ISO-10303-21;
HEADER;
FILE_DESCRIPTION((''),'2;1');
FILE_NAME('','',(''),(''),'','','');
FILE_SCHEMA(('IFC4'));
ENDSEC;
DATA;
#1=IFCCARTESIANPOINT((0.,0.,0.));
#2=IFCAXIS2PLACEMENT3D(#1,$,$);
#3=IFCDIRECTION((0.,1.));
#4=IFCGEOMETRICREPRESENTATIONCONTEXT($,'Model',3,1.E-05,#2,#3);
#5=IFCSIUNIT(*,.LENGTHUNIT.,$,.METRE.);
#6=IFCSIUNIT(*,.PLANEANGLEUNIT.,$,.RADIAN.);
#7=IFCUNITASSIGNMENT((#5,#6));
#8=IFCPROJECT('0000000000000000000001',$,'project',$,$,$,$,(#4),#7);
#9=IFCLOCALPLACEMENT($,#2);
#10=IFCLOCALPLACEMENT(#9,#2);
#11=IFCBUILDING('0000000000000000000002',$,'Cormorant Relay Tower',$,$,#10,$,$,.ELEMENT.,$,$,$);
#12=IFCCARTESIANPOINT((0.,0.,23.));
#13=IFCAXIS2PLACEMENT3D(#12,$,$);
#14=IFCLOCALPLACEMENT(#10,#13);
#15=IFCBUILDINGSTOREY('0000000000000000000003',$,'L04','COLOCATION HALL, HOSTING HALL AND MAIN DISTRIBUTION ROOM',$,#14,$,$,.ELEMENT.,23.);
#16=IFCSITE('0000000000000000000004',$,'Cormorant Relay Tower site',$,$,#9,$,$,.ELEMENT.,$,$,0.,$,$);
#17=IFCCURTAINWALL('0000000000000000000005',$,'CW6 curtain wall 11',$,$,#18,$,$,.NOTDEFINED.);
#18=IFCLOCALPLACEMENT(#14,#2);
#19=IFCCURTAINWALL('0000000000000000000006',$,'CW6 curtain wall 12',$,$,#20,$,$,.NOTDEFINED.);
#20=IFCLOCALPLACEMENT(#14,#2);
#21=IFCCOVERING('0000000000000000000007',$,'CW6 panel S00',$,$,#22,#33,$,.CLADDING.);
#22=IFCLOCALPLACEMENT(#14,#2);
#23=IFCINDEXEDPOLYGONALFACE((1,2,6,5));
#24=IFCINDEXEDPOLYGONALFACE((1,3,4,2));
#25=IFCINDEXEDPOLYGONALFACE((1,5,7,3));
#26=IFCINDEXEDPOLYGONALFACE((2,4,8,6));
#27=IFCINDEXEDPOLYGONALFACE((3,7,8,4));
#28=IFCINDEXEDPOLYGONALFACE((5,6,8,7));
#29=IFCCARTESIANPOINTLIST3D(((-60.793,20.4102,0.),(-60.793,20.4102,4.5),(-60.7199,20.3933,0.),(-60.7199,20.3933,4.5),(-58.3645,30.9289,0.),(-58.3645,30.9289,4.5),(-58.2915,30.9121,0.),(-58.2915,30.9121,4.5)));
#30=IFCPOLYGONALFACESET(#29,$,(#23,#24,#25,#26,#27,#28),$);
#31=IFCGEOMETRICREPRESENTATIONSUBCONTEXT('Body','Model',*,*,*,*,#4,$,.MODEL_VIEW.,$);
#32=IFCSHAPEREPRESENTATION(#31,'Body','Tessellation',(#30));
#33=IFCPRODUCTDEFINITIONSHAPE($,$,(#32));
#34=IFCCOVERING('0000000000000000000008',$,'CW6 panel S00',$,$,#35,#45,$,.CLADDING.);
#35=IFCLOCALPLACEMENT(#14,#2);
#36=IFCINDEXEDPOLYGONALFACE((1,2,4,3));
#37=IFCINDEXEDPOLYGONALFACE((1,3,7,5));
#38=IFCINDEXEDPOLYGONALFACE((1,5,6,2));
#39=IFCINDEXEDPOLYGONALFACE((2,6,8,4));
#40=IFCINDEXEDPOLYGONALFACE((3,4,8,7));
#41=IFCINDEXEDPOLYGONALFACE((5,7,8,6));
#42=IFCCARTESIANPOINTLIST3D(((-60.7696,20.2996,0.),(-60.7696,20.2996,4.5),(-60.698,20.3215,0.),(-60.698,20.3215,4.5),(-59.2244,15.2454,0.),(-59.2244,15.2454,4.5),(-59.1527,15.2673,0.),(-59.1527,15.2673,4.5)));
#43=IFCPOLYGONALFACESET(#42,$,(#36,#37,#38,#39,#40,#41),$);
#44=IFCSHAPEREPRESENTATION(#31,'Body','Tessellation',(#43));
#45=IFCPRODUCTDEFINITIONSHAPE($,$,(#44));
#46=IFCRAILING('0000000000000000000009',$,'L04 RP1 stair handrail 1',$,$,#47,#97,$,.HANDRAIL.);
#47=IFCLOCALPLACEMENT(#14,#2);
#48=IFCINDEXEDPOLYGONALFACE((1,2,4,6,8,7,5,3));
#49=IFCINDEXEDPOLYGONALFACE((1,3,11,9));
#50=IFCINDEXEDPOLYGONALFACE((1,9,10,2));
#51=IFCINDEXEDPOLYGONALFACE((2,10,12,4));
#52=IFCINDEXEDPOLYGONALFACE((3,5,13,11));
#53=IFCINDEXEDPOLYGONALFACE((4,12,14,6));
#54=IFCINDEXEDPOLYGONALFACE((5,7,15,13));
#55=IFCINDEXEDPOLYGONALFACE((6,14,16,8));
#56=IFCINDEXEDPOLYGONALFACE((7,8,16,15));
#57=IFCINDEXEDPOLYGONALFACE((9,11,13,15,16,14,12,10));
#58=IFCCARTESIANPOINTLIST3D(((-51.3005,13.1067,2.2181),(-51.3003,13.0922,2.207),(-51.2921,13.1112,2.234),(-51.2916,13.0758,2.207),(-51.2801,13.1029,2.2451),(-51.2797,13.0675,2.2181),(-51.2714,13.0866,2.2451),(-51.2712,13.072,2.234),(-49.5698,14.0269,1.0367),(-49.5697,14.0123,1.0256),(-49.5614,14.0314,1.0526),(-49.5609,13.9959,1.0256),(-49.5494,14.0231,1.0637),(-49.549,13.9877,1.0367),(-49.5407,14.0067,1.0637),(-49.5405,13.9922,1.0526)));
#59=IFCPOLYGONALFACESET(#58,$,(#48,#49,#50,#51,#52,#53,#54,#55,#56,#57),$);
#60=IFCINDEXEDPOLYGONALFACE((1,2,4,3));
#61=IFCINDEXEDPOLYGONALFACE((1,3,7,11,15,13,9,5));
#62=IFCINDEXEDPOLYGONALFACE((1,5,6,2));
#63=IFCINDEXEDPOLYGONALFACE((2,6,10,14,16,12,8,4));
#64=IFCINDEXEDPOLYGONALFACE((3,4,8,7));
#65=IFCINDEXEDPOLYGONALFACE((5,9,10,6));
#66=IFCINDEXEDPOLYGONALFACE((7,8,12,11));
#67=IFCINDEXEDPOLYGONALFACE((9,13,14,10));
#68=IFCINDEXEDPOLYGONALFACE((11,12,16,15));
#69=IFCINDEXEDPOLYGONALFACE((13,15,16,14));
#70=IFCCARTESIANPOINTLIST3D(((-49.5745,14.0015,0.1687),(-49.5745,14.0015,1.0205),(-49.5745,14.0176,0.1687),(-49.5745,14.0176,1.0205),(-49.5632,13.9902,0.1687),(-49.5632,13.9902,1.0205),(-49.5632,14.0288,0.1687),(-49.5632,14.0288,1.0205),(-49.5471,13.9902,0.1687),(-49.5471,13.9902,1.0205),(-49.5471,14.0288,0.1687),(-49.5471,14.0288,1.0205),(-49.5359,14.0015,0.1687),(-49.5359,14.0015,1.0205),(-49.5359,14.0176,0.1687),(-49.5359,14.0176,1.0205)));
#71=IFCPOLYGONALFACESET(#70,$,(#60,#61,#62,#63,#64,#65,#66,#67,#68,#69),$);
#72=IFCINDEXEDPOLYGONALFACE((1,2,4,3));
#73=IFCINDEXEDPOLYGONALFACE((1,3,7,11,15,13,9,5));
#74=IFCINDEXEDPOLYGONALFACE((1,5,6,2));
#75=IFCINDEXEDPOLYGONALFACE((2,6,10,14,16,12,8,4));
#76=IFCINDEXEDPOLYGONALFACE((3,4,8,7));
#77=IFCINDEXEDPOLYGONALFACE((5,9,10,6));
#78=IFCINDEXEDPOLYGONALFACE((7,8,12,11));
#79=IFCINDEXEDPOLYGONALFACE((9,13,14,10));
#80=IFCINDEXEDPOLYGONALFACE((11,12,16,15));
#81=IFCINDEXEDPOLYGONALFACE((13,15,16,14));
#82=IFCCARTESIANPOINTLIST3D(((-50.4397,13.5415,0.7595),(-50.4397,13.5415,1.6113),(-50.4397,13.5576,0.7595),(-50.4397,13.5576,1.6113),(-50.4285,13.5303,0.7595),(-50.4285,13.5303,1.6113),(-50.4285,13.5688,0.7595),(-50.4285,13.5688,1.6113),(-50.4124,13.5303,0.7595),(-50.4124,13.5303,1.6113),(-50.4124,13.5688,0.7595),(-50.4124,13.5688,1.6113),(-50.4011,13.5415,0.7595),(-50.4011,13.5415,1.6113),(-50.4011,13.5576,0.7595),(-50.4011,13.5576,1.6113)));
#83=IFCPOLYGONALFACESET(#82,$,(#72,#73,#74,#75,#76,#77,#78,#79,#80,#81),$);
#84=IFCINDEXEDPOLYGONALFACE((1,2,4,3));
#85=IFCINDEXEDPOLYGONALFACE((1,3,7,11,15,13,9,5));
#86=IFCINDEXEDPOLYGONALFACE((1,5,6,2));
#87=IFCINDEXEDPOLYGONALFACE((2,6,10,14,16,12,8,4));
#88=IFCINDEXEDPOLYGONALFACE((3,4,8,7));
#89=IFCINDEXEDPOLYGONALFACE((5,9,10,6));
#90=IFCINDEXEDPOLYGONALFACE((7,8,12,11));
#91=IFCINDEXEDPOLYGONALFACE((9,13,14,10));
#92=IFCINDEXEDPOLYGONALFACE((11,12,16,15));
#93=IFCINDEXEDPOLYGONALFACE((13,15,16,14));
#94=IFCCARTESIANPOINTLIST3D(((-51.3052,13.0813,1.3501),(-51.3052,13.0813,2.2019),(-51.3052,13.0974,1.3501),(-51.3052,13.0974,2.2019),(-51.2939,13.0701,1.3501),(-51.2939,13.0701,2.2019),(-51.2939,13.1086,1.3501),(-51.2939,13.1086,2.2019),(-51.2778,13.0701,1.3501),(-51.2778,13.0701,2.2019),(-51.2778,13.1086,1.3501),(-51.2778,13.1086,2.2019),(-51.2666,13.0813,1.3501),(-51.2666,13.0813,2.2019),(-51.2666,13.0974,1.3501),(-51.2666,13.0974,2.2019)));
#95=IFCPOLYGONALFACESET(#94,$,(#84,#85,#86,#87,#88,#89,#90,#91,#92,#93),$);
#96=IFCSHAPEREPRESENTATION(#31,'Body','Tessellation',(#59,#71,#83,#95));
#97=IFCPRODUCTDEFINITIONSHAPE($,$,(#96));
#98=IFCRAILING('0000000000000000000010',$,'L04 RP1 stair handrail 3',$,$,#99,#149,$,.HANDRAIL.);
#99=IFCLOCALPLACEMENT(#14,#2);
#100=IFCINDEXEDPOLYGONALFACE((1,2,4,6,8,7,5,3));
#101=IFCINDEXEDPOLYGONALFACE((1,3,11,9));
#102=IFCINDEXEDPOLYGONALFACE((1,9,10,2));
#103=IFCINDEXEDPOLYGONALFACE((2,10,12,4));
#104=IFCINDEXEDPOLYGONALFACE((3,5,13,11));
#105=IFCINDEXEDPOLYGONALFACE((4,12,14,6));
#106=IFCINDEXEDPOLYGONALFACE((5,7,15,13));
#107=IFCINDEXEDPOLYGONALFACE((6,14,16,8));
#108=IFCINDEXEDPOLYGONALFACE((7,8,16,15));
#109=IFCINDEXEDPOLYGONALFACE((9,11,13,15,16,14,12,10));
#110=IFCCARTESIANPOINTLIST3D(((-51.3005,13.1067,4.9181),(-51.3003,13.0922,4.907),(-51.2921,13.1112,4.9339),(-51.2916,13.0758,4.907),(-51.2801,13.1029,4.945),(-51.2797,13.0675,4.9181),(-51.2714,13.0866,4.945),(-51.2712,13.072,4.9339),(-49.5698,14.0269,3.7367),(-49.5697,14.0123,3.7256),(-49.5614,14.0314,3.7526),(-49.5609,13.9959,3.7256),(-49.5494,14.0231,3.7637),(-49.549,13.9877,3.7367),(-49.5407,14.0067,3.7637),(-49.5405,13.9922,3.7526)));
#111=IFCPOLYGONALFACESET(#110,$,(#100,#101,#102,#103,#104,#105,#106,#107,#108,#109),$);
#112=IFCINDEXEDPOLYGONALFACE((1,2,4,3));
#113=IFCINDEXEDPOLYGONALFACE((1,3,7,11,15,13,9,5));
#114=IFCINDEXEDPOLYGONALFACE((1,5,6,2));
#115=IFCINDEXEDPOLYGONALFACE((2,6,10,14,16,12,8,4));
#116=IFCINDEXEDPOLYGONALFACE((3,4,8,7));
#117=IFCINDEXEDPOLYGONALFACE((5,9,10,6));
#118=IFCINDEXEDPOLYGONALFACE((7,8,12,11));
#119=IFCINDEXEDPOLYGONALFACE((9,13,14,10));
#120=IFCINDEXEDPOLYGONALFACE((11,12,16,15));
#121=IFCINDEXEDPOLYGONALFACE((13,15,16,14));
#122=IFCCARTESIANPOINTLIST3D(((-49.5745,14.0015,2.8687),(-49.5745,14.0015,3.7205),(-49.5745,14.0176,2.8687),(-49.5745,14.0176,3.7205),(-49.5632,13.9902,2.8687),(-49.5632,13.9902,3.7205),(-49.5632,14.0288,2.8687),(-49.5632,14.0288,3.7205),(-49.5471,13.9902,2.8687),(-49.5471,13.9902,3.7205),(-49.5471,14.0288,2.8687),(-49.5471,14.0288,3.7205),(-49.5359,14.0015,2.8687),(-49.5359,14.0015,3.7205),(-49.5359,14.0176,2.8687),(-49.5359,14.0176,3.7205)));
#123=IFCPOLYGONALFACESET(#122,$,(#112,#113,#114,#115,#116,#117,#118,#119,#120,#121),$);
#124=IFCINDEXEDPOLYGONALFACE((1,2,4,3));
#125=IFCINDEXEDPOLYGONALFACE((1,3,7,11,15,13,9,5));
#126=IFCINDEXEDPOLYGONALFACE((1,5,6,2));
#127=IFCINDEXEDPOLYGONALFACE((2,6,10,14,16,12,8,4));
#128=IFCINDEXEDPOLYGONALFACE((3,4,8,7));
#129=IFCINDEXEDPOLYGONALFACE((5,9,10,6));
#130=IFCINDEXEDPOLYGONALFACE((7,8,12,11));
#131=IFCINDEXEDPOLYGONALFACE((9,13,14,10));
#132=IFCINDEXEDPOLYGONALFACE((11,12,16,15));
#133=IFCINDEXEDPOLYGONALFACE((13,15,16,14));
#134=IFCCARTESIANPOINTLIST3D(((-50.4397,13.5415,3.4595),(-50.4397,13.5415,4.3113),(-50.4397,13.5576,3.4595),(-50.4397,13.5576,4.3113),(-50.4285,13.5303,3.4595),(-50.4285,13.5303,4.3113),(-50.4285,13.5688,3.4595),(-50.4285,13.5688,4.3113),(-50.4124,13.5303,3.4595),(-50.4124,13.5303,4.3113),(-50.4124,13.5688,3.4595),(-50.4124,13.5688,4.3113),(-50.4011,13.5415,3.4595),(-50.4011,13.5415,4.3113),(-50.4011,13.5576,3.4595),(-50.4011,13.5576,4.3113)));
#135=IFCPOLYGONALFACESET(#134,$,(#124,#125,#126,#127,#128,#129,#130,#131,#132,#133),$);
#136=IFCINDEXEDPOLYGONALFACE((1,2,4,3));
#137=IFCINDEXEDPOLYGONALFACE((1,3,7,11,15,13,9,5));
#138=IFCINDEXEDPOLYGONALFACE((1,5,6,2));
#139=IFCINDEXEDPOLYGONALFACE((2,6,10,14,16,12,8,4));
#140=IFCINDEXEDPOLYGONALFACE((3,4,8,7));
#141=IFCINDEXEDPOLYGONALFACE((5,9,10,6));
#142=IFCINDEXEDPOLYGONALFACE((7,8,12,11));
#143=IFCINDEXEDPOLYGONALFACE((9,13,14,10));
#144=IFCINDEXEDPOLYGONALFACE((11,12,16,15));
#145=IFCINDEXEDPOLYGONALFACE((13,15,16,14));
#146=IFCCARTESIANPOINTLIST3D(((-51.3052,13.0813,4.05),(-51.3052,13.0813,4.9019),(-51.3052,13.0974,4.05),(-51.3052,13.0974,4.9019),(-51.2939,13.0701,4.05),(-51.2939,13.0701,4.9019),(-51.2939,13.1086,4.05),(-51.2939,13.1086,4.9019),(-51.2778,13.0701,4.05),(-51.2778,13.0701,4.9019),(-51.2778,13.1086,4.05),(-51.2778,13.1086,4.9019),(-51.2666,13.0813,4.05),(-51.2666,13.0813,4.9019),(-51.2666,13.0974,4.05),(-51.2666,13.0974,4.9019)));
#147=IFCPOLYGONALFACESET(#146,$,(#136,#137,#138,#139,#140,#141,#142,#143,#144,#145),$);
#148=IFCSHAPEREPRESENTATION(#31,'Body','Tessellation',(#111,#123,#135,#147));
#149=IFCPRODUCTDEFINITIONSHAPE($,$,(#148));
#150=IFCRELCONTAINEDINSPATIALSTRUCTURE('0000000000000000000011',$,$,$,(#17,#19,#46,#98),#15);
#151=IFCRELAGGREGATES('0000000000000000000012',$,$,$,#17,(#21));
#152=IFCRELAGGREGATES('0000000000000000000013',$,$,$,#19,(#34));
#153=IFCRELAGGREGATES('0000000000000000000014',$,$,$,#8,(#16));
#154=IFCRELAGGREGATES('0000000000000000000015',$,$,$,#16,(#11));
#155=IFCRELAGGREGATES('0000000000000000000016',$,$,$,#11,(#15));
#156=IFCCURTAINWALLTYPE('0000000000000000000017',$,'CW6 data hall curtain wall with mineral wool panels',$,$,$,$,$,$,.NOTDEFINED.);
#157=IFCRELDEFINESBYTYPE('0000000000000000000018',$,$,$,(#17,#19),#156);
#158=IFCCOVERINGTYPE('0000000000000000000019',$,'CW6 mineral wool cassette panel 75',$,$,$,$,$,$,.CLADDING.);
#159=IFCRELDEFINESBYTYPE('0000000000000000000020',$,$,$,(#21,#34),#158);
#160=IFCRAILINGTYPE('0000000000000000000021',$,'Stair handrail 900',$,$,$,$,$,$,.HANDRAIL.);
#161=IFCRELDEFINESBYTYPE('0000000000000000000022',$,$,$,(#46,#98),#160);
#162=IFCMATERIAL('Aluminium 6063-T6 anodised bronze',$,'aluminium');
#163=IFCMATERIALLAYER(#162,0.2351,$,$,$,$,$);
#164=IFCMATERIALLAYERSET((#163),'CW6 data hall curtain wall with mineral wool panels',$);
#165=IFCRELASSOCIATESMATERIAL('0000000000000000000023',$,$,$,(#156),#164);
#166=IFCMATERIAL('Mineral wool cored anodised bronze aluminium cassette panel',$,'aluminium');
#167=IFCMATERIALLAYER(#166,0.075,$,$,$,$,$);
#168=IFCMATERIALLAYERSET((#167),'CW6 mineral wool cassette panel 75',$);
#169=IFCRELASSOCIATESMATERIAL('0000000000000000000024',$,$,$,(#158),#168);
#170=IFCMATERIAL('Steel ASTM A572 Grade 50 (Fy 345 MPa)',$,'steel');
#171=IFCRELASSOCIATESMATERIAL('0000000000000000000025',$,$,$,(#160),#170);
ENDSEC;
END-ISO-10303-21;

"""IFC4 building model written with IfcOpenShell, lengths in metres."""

from ifc_helpers import new_model, si_unit, direction, frame, origin, origin_2d, place, context, subcontext, project, spatial, polyline, rectangle, outline, extrude, material, layer, layer_set, type_object, element, aggregate, save


model = new_model("IFC4")

# Units and contexts
model_context = context("Model", 3, precision=1e-05, world=origin(), true_north=direction((0.0, 1.0)))
body_context = subcontext(model_context, "Body", "Model", "MODEL_VIEW")
ifc_project = project(units=[si_unit("LENGTHUNIT", "METRE"), si_unit("PLANEANGLEUNIT", "RADIAN")], contexts=[model_context])

# Site, building, storey
site_placement = place(None, origin())
site = spatial("IfcSite", under=ifc_project, at=site_placement, Name="Cormorant Relay Tower site", CompositionType="ELEMENT", RefElevation=0.0)
building_placement = place(site_placement, origin())
building = spatial("IfcBuilding", under=site, at=building_placement, Name="Cormorant Relay Tower", CompositionType="ELEMENT")
storey_placement = place(building_placement, frame((0.0, 0.0, 23.0)))
storey = spatial("IfcBuildingStorey", under=building, at=storey_placement, Name="L04", Description="COLOCATION HALL, HOSTING HALL AND MAIN DISTRIBUTION ROOM", CompositionType="ELEMENT", Elevation=23.0)

# Curtain wall
ifc_material_1 = material(Name="Aluminium 6063-T6 anodised bronze", Category="aluminium")
ifc_layer_1 = layer(ifc_material_1, 0.2351)
ifc_layer_set_1 = layer_set([ifc_layer_1], Name="CW6 data hall curtain wall with mineral wool panels")
curtain_wall_type = type_object("IfcCurtainWallType", Name="CW6 data hall curtain wall with mineral wool panels", PredefinedType="NOTDEFINED", material=ifc_layer_set_1)
curtain_wall_1_placement = place(storey_placement, origin())
curtain_wall_1 = element("IfcCurtainWall", 1, at=curtain_wall_1_placement, inside=storey, type_object=curtain_wall_type, Name="CW6 curtain wall 11", PredefinedType="NOTDEFINED")

# Curtain wall
curtain_wall_2_placement = place(storey_placement, origin())
curtain_wall_2 = element("IfcCurtainWall", 2, at=curtain_wall_2_placement, inside=storey, type_object=curtain_wall_type, Name="CW6 curtain wall 12", PredefinedType="NOTDEFINED")

# Coverings
ifc_material_2 = material(Name="Mineral wool cored anodised bronze aluminium cassette panel", Category="aluminium")
ifc_layer_2 = layer(ifc_material_2, 0.075)
ifc_layer_set_2 = layer_set([ifc_layer_2], Name="CW6 mineral wool cassette panel 75")
covering_type = type_object("IfcCoveringType", Name="CW6 mineral wool cassette panel 75", PredefinedType="CLADDING", material=ifc_layer_set_2)
covering_1_placement = place(storey_placement, frame((-59.5422, 25.6611, 0.0), z_axis=(0.0, 0.0, 1.0), x_axis=(-0.224951, -0.97437, 0.0)))
covering_1 = element("IfcCovering", 3, at=covering_1_placement, type_object=covering_type, Name="CW6 panel S00", PredefinedType="CLADDING", context=body_context, shape_type="SweptSolid", body=[
    extrude(rectangle(XDim=10.7954, YDim=0.075, at=origin_2d()), origin(), (0.0, 0.0, 1.0), 4.5),
])
aggregate(curtain_wall_1, [covering_1])
covering_2_placement = place(storey_placement, frame((-59.9612, 17.7834, 0.0), z_axis=(0.0, 0.0, 1.0), x_axis=(0.292372, -0.956305, 0.0)))
covering_2 = element("IfcCovering", 4, at=covering_2_placement, type_object=covering_type, Name="CW6 panel S00", PredefinedType="CLADDING", context=body_context, shape_type="SweptSolid", body=[
    extrude(rectangle(XDim=5.2852, YDim=0.075, at=origin_2d()), origin(), (0.0, 0.0, 1.0), 4.5),
])
aggregate(curtain_wall_2, [covering_2])

# Railings
ifc_material_3 = material(Name="Steel ASTM A572 Grade 50 (Fy 345 MPa)", Category="steel")
railing_type = type_object("IfcRailingType", Name="Stair handrail 900", PredefinedType="HANDRAIL", material=ifc_material_3)
for number, where, name in (
    (5, (-49.5552, 14.0095, 0.1687), "L04 RP1 stair handrail 1"),
    (6, (-49.5552, 14.0095, 2.8687), "L04 RP1 stair handrail 3"),
):
    element("IfcRailing", number, at=place(storey_placement, frame(where)), inside=storey, type_object=railing_type, Name=name, PredefinedType="HANDRAIL", context=body_context, shape_type="SweptSolid", body=[
        extrude(outline(polyline([(0.0222, 0.0093), (0.0093, 0.0222), (-0.0093, 0.0222), (-0.0222, 0.0093), (-0.0222, -0.0093), (-0.0093, -0.0222), (0.0093, -0.0222), (0.0222, -0.0093), (0.0222, 0.0093)])), frame((0.0, 0.0, 0.876), z_axis=(-0.756226, -0.402062, 0.516205), x_axis=(0.469444, -0.882962, 0.0)), (0.0, 0.0, 1.0), 2.2886),
        extrude(outline(polyline([(0.0193, 0.0081), (0.0081, 0.0193), (-0.0081, 0.0193), (-0.0193, 0.0081), (-0.0193, -0.0081), (-0.0081, -0.0193), (0.0081, -0.0193), (0.0193, -0.0081), (0.0193, 0.0081)])), origin(), (0.0, 0.0, 1.0), 0.8518),
        extrude(outline(polyline([(0.0193, 0.0081), (0.0081, 0.0193), (-0.0081, 0.0193), (-0.0193, 0.0081), (-0.0193, -0.0081), (-0.0081, -0.0193), (0.0081, -0.0193), (0.0193, -0.0081), (0.0193, 0.0081)])), frame((-0.8652, -0.46, 0.5908)), (0.0, 0.0, 1.0), 0.8518),
        extrude(outline(polyline([(0.0193, 0.0081), (0.0081, 0.0193), (-0.0081, 0.0193), (-0.0193, 0.0081), (-0.0193, -0.0081), (-0.0081, -0.0193), (0.0081, -0.0193), (0.0193, -0.0081), (0.0193, 0.0081)])), frame((-1.7307, -0.9202, 1.1814)), (0.0, 0.0, 1.0), 0.8518),
    ])

save(model, "model.ifc")
